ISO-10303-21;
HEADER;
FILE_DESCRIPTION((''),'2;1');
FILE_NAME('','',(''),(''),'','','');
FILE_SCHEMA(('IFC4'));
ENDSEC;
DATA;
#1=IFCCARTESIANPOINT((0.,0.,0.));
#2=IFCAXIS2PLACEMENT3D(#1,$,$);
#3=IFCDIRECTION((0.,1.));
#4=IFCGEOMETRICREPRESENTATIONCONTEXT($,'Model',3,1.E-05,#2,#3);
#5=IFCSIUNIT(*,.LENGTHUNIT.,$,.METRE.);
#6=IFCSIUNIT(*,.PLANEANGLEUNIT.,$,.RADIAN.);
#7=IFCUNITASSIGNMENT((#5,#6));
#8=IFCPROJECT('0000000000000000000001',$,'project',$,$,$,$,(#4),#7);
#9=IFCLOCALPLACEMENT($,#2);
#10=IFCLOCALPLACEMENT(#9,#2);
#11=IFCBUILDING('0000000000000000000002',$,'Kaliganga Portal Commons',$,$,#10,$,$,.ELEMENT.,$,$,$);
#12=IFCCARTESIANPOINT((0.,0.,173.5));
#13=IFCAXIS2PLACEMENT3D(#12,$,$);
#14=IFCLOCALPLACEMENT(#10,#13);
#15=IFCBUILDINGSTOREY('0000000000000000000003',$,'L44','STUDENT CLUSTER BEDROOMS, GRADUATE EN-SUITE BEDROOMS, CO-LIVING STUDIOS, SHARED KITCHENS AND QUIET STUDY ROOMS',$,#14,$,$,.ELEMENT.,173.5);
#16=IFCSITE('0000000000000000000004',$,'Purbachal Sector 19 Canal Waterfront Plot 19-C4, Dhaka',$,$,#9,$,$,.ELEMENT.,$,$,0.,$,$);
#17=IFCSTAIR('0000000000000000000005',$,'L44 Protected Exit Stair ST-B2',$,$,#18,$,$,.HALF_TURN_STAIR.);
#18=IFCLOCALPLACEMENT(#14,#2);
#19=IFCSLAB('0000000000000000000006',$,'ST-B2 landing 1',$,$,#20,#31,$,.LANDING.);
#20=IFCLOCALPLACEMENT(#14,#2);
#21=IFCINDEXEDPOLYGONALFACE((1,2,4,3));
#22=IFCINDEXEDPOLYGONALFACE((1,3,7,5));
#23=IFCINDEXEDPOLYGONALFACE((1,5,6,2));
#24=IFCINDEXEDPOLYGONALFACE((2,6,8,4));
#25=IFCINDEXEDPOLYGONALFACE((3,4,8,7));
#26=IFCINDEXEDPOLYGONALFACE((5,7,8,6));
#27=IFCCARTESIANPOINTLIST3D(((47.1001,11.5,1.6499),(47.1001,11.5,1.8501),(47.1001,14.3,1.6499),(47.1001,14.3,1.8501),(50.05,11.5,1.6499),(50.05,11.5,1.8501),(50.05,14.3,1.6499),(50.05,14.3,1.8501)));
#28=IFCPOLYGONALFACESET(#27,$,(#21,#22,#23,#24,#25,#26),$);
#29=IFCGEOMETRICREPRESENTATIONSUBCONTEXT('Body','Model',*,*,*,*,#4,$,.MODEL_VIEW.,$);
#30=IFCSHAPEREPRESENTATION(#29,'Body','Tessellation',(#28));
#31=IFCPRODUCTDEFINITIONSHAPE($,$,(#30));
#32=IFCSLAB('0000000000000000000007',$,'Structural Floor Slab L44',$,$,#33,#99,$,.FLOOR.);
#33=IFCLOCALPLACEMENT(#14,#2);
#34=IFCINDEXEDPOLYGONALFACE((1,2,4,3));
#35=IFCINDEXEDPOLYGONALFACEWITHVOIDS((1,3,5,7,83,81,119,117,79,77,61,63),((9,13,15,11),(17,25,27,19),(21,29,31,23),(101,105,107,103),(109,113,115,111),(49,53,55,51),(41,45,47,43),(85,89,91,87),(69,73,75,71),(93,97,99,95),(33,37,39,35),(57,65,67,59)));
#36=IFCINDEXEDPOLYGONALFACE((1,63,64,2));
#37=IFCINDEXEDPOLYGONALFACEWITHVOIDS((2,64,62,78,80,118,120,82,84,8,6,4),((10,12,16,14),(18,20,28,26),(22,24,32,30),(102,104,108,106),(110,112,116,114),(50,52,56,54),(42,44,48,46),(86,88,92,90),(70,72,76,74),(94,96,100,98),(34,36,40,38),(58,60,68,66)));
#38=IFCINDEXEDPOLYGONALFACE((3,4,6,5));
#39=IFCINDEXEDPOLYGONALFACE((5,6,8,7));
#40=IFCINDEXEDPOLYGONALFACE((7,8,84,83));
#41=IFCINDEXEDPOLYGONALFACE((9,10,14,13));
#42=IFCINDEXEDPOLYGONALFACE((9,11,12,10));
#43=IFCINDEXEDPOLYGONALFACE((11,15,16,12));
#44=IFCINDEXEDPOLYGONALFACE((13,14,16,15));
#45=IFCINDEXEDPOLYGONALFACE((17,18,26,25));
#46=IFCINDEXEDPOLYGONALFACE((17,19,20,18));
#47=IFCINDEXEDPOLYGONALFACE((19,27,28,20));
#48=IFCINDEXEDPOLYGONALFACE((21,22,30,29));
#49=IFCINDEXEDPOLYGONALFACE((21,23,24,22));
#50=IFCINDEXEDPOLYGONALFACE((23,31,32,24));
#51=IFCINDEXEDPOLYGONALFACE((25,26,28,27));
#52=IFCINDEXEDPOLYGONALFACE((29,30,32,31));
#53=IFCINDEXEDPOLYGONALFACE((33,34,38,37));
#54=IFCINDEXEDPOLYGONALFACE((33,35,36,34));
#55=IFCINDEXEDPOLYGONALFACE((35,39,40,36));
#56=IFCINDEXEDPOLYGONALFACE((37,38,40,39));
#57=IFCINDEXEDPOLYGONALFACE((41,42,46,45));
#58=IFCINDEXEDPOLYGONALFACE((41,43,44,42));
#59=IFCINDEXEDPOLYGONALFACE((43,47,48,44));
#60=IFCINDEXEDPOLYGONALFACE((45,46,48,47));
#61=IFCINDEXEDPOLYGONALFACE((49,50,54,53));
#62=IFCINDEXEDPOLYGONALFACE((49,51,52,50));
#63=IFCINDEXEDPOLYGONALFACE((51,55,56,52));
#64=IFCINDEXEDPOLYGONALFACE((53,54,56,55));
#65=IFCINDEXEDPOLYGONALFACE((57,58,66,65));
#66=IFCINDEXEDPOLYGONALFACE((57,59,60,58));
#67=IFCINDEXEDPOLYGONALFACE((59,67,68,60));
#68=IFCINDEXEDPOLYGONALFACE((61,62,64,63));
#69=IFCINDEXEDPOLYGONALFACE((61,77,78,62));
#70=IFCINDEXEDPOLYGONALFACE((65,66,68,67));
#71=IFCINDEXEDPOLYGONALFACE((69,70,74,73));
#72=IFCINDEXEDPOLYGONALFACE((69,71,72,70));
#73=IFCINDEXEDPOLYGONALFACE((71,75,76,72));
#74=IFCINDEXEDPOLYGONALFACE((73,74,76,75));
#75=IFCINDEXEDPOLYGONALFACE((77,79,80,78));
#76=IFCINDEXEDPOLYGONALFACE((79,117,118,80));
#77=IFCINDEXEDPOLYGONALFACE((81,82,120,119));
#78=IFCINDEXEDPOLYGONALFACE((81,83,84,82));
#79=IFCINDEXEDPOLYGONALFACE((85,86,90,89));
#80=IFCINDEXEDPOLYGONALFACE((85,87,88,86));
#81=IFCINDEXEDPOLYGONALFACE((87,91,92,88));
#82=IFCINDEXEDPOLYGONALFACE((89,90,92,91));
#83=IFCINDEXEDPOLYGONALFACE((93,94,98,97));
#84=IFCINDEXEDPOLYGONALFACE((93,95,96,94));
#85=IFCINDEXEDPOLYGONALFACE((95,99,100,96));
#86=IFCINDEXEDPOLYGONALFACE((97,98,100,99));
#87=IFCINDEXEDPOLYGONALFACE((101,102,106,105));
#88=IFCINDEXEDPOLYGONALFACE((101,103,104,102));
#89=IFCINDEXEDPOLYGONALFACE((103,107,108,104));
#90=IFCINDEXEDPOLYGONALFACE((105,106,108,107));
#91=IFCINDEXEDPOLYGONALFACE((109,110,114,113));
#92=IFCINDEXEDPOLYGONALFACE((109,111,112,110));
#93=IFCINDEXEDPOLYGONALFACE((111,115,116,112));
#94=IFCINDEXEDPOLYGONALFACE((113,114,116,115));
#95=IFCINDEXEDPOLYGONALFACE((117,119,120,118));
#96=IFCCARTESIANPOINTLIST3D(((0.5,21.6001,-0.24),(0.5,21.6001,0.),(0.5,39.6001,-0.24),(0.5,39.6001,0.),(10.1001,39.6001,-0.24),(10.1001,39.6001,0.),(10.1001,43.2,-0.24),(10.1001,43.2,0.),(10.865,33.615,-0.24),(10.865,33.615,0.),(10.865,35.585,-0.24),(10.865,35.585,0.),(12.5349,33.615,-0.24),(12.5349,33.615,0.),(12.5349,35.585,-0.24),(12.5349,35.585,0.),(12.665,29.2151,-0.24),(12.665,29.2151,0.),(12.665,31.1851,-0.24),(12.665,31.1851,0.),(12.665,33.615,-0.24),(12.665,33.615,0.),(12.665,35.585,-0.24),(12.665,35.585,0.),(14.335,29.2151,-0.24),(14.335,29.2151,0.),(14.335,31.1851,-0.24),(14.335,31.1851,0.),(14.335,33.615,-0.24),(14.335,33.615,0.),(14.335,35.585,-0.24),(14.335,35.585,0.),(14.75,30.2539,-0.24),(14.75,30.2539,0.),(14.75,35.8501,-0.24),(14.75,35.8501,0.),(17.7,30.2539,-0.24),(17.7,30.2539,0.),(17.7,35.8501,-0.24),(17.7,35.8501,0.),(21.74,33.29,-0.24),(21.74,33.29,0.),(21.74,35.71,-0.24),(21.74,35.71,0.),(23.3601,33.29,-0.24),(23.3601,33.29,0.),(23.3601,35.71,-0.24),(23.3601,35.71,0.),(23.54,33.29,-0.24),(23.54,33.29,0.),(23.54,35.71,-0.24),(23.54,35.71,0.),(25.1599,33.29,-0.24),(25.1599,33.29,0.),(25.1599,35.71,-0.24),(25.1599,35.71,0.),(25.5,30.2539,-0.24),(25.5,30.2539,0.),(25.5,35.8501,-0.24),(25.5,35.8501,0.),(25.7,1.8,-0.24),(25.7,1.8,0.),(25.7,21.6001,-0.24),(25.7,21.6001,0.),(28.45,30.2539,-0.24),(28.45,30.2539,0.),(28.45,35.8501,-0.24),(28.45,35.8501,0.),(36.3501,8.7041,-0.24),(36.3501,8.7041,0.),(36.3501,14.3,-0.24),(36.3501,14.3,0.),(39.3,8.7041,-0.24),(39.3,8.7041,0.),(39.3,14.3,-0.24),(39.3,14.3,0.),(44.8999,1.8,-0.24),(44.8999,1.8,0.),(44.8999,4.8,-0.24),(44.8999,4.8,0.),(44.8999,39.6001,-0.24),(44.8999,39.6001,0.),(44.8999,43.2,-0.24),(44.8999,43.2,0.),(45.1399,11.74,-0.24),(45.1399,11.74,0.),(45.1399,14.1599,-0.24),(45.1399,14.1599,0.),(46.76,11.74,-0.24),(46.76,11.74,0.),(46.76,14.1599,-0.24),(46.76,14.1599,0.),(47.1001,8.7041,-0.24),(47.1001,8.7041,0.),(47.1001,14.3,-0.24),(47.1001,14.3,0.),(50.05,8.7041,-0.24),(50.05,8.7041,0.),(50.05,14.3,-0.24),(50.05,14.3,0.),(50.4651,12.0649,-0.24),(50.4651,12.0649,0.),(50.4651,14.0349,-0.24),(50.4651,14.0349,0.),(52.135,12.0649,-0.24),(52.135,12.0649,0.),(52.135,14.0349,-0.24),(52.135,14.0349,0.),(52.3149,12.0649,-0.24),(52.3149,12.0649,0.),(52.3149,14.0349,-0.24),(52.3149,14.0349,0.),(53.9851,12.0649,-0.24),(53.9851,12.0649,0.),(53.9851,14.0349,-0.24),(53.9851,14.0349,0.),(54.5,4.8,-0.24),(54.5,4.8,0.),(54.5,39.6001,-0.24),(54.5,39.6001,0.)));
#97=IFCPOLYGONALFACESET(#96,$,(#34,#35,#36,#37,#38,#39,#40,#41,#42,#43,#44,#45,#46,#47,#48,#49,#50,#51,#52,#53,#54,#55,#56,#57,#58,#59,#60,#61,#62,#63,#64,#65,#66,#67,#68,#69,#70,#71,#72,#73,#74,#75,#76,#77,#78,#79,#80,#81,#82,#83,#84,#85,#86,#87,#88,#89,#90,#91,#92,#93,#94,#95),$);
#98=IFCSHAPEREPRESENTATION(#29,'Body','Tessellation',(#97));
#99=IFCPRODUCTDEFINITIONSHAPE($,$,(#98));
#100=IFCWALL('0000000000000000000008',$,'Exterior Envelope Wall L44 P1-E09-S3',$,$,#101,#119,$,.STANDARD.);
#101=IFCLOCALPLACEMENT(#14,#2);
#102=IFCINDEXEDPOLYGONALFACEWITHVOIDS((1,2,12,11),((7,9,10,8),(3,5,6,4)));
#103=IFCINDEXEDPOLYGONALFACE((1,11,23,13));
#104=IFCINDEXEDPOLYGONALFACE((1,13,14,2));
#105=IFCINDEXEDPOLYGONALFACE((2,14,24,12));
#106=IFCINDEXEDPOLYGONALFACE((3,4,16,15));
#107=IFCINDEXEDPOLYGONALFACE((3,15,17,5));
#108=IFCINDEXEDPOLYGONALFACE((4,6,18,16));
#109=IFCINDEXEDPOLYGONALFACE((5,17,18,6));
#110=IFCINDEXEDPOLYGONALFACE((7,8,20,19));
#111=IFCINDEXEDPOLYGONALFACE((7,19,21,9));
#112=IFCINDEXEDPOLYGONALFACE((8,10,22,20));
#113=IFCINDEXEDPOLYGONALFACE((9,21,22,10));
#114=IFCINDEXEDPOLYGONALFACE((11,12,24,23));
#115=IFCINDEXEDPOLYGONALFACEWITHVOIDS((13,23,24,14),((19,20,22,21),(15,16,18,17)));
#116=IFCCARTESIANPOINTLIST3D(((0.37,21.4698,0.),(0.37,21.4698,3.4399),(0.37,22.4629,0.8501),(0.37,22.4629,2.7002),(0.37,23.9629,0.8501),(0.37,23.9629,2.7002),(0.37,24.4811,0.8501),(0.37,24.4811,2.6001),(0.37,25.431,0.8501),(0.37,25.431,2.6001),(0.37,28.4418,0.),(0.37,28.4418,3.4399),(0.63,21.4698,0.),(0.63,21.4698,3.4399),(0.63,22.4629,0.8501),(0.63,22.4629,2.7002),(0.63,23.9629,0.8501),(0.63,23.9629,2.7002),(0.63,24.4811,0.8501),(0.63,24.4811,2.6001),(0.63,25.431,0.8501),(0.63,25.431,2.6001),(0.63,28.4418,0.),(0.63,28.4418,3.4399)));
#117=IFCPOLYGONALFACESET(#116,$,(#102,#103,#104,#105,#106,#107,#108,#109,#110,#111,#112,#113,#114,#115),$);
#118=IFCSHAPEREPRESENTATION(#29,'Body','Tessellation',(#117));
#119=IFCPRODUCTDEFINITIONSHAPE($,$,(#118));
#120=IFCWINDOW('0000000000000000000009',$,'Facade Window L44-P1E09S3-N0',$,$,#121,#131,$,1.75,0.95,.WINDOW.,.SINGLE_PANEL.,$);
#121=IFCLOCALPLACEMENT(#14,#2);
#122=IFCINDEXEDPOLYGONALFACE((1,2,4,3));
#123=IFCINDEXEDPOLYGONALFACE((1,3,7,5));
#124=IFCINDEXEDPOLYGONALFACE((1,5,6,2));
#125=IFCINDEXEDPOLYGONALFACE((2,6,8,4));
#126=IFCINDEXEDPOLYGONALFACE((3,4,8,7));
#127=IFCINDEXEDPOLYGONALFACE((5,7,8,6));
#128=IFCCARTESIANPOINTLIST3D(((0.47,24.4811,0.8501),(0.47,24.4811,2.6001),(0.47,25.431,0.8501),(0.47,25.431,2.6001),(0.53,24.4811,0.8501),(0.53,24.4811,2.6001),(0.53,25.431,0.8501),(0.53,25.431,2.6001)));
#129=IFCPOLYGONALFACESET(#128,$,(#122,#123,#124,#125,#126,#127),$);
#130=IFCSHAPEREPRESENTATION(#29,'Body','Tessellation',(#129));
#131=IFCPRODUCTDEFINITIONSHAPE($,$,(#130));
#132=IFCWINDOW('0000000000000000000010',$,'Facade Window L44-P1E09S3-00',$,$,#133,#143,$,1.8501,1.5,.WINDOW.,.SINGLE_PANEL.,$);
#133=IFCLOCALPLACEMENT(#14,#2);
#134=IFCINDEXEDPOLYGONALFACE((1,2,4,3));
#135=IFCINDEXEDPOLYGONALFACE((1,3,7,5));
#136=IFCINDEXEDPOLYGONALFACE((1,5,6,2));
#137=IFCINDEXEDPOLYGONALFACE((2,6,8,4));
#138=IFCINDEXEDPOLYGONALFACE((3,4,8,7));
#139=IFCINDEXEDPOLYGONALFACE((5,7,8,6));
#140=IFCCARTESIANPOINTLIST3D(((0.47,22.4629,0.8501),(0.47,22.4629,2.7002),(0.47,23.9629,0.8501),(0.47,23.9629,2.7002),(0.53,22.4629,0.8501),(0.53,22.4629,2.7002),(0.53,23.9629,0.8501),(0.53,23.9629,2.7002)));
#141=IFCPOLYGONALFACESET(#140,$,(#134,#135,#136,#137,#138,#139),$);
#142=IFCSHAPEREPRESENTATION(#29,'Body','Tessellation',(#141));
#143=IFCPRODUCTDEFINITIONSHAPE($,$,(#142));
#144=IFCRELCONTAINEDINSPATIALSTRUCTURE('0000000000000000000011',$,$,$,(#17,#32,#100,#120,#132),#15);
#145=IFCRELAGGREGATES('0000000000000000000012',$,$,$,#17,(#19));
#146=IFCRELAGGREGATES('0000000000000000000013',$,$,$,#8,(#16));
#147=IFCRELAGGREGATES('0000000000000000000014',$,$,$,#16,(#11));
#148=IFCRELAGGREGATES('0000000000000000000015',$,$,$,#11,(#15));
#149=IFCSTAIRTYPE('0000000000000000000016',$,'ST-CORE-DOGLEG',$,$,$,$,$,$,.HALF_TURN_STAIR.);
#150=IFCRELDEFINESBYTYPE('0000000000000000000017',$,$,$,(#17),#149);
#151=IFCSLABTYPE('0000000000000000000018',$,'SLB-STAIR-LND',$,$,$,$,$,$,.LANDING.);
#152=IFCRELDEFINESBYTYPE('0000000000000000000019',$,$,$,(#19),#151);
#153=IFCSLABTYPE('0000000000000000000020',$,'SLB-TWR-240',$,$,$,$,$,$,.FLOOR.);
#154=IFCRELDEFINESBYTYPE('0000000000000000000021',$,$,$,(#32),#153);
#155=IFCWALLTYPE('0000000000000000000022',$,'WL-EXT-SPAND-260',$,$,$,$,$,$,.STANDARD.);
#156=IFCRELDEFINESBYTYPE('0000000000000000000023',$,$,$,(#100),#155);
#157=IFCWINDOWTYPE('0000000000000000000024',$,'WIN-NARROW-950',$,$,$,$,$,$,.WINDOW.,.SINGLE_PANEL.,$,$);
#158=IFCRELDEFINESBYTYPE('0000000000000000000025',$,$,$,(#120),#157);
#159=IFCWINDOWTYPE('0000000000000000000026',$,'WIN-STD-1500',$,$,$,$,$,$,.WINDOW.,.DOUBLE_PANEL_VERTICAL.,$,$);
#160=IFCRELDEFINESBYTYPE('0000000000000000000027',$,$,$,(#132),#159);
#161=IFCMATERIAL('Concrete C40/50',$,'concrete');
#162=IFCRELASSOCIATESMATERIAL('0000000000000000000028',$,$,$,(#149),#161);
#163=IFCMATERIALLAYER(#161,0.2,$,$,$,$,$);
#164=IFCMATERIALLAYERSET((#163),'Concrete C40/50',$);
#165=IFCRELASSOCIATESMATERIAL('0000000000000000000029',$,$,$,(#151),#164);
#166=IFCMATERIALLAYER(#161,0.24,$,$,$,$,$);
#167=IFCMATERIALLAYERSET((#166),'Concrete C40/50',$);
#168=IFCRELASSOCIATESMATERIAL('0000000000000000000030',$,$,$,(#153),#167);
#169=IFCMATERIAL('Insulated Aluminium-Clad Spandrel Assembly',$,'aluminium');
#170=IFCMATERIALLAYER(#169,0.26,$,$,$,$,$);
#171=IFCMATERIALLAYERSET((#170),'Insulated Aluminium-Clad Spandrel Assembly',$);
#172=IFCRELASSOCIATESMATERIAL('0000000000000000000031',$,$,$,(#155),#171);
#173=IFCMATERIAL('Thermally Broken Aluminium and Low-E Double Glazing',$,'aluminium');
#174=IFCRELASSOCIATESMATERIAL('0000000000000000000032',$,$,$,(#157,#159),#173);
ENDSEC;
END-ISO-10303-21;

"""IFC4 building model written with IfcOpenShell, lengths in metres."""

from ifc_helpers import new_model, si_unit, direction, frame, frame_2d, origin, place, context, subcontext, project, spatial, polyline, rectangle, outline, extrude, material, layer, layer_set, type_object, element, fill, aggregate, save


model = new_model("IFC4")

# Units and contexts
model_context = context("Model", 3, precision=1e-05, world=origin(), true_north=direction((0.0, 1.0)))
body_context = subcontext(model_context, "Body", "Model", "MODEL_VIEW")
ifc_project = project(units=[si_unit("LENGTHUNIT", "METRE"), si_unit("PLANEANGLEUNIT", "RADIAN")], contexts=[model_context])

# Site, building, storey
site_placement = place(None, origin())
site = spatial("IfcSite", under=ifc_project, at=site_placement, Name="Purbachal Sector 19 Canal Waterfront Plot 19-C4, Dhaka", CompositionType="ELEMENT", RefElevation=0.0)
building_placement = place(site_placement, origin())
building = spatial("IfcBuilding", under=site, at=building_placement, Name="Kaliganga Portal Commons", CompositionType="ELEMENT")
storey_placement = place(building_placement, frame((0.0, 0.0, 173.5)))
storey = spatial("IfcBuildingStorey", under=building, at=storey_placement, Name="L44", Description="STUDENT CLUSTER BEDROOMS, GRADUATE EN-SUITE BEDROOMS, CO-LIVING STUDIOS, SHARED KITCHENS AND QUIET STUDY ROOMS", CompositionType="ELEMENT", Elevation=173.5)

# Shared definitions
ifc_material_1 = material(Name="Concrete C40/50", Category="concrete")

# Stair, slab
stair_type = type_object("IfcStairType", Name="ST-CORE-DOGLEG", PredefinedType="HALF_TURN_STAIR", material=ifc_material_1)
ifc_layer_1 = layer(ifc_material_1, 0.2)
ifc_layer_set_1 = layer_set([ifc_layer_1], Name="Concrete C40/50")
slab_type_1 = type_object("IfcSlabType", Name="SLB-STAIR-LND", PredefinedType="LANDING", material=ifc_layer_set_1)
stair_1_placement = place(storey_placement, origin())
stair_1 = element("IfcStair", 1, at=stair_1_placement, inside=storey, type_object=stair_type, Name="L44 Protected Exit Stair ST-B2", PredefinedType="HALF_TURN_STAIR")
slab_1_placement = place(storey_placement, frame((0.0, 0.0, 1.6499)))
slab_1 = element("IfcSlab", 2, at=slab_1_placement, type_object=slab_type_1, Name="ST-B2 landing 1", PredefinedType="LANDING", context=body_context, shape_type="SweptSolid", body=[
    extrude(outline(polyline([(50.05, 11.5), (50.05, 14.3), (47.1001, 14.3), (47.1001, 11.5), (50.05, 11.5)])), origin(), (0.0, 0.0, 1.0), 0.2002),
])
aggregate(stair_1, [slab_1])

# Slab
ifc_layer_2 = layer(ifc_material_1, 0.24)
ifc_layer_set_2 = layer_set([ifc_layer_2], Name="Concrete C40/50")
slab_type_2 = type_object("IfcSlabType", Name="SLB-TWR-240", PredefinedType="FLOOR", material=ifc_layer_set_2)
slab_2_placement = place(storey_placement, frame((0.0, 0.0, -0.24)))
element("IfcSlab", 3, at=slab_2_placement, inside=storey, type_object=slab_type_2, Name="Structural Floor Slab L44", PredefinedType="FLOOR", context=body_context, shape_type="SweptSolid", body=[
    extrude(outline(polyline([(25.7, 1.8), (44.8999, 1.8), (44.8999, 4.8), (54.5, 4.8), (54.5, 39.6001), (44.8999, 39.6001), (44.8999, 43.2), (10.1001, 43.2), (10.1001, 39.6001), (0.5, 39.6001), (0.5, 21.6001), (25.7, 21.6001), (25.7, 1.8)]), holes=[polyline([(14.75, 30.2539), (14.75, 35.8501), (17.7, 35.8501), (17.7, 30.2539), (14.75, 30.2539)]), polyline([(25.5, 30.2539), (25.5, 35.8501), (28.45, 35.8501), (28.45, 30.2539), (25.5, 30.2539)]), polyline([(36.3501, 8.7041), (36.3501, 14.3), (39.3, 14.3), (39.3, 8.7041), (36.3501, 8.7041)]), polyline([(47.1001, 8.7041), (47.1001, 14.3), (50.05, 14.3), (50.05, 8.7041), (47.1001, 8.7041)]), polyline([(12.665, 33.615), (12.665, 35.585), (14.335, 35.585), (14.335, 33.615), (12.665, 33.615)]), polyline([(12.665, 29.2151), (12.665, 31.1851), (14.335, 31.1851), (14.335, 29.2151), (12.665, 29.2151)]), polyline([(10.865, 33.615), (10.865, 35.585), (12.5349, 35.585), (12.5349, 33.615), (10.865, 33.615)]), polyline([(21.74, 33.29), (21.74, 35.71), (23.3601, 35.71), (23.3601, 33.29), (21.74, 33.29)]), polyline([(23.54, 33.29), (23.54, 35.71), (25.1599, 35.71), (25.1599, 33.29), (23.54, 33.29)]), polyline([(50.4651, 12.0649), (50.4651, 14.0349), (52.135, 14.0349), (52.135, 12.0649), (50.4651, 12.0649)]), polyline([(52.3149, 12.0649), (52.3149, 14.0349), (53.9851, 14.0349), (53.9851, 12.0649), (52.3149, 12.0649)]), polyline([(45.1399, 11.74), (45.1399, 14.1599), (46.76, 14.1599), (46.76, 11.74), (45.1399, 11.74)])]), origin(), (0.0, 0.0, 1.0), 0.24),
])

# Wall, openings, windows
ifc_material_2 = material(Name="Insulated Aluminium-Clad Spandrel Assembly", Category="aluminium")
ifc_layer_3 = layer(ifc_material_2, 0.26)
ifc_layer_set_3 = layer_set([ifc_layer_3], Name="Insulated Aluminium-Clad Spandrel Assembly")
wall_type_1 = type_object("IfcWallType", Name="WL-EXT-SPAND-260", PredefinedType="STANDARD", material=ifc_layer_set_3)
wall_1_placement = place(storey_placement, frame((0.5, 21.47, 0.0), z_axis=(0.0, 0.0, 1.0), x_axis=(0.0, 1.0, 0.0)))
wall_1 = element("IfcWall", 4, at=wall_1_placement, inside=storey, type_object=wall_type_1, Name="Exterior Envelope Wall L44 P1-E09-S3", PredefinedType="STANDARD", context=body_context, shape_type="SweptSolid", body=[
    extrude(rectangle(XDim=6.9719, YDim=0.26, at=frame_2d((3.4858, 0.0))), origin(), (0.0, 0.0, 1.0), 3.4399),
])
opening_1_placement = place(wall_1_placement, frame((0.9929, 0.0, 0.8501)))
opening_1 = element("IfcOpeningElement", 5, at=opening_1_placement, cuts=wall_1, PredefinedType="OPENING", context=body_context, shape_type="SweptSolid", body=[
    extrude(rectangle(XDim=1.5, YDim=1.8501, at=frame_2d((0.75, 0.925))), frame((0.0, 0.1401, 0.0), z_axis=(0.0, -1.0, 0.0), x_axis=(1.0, 0.0, 0.0)), (0.0, 0.0, 1.0), 0.28),
])
opening_2_placement = place(wall_1_placement, frame((3.011, 0.0, 0.8501)))
opening_2 = element("IfcOpeningElement", 6, at=opening_2_placement, cuts=wall_1, PredefinedType="OPENING", context=body_context, shape_type="SweptSolid", body=[
    extrude(rectangle(XDim=0.95, YDim=1.75, at=frame_2d((0.4751, 0.875))), frame((0.0, 0.1401, 0.0), z_axis=(0.0, -1.0, 0.0), x_axis=(1.0, 0.0, 0.0)), (0.0, 0.0, 1.0), 0.28),
])
ifc_material_3 = material(Name="Thermally Broken Aluminium and Low-E Double Glazing", Category="aluminium")
window_type_1 = type_object("IfcWindowType", Name="WIN-NARROW-950", PartitioningType="SINGLE_PANEL", PredefinedType="WINDOW", material=ifc_material_3)
window_1_placement = place(opening_2_placement, origin())
window_1 = element("IfcWindow", 7, at=window_1_placement, inside=storey, type_object=window_type_1, Name="Facade Window L44-P1E09S3-N0", OverallHeight=1.75, OverallWidth=0.95, PartitioningType="SINGLE_PANEL", PredefinedType="WINDOW", context=body_context, shape_type="SweptSolid", body=[
    extrude(rectangle(XDim=0.95, YDim=1.75, at=frame_2d((0.4751, 0.875))), frame((0.0, 0.03, 0.0), z_axis=(0.0, -1.0, 0.0), x_axis=(1.0, 0.0, 0.0)), (0.0, 0.0, 1.0), 0.0601),
])
fill(opening_2, window_1)
window_type_2 = type_object("IfcWindowType", Name="WIN-STD-1500", PartitioningType="DOUBLE_PANEL_VERTICAL", PredefinedType="WINDOW", material=ifc_material_3)
window_2_placement = place(opening_1_placement, origin())
window_2 = element("IfcWindow", 8, at=window_2_placement, inside=storey, type_object=window_type_2, Name="Facade Window L44-P1E09S3-00", OverallHeight=1.8501, OverallWidth=1.5, PartitioningType="SINGLE_PANEL", PredefinedType="WINDOW", context=body_context, shape_type="SweptSolid", body=[
    extrude(rectangle(XDim=1.5, YDim=1.8501, at=frame_2d((0.75, 0.925))), frame((0.0, 0.03, 0.0), z_axis=(0.0, -1.0, 0.0), x_axis=(1.0, 0.0, 0.0)), (0.0, 0.0, 1.0), 0.0601),
])
fill(opening_1, window_2)

save(model, "model.ifc")
